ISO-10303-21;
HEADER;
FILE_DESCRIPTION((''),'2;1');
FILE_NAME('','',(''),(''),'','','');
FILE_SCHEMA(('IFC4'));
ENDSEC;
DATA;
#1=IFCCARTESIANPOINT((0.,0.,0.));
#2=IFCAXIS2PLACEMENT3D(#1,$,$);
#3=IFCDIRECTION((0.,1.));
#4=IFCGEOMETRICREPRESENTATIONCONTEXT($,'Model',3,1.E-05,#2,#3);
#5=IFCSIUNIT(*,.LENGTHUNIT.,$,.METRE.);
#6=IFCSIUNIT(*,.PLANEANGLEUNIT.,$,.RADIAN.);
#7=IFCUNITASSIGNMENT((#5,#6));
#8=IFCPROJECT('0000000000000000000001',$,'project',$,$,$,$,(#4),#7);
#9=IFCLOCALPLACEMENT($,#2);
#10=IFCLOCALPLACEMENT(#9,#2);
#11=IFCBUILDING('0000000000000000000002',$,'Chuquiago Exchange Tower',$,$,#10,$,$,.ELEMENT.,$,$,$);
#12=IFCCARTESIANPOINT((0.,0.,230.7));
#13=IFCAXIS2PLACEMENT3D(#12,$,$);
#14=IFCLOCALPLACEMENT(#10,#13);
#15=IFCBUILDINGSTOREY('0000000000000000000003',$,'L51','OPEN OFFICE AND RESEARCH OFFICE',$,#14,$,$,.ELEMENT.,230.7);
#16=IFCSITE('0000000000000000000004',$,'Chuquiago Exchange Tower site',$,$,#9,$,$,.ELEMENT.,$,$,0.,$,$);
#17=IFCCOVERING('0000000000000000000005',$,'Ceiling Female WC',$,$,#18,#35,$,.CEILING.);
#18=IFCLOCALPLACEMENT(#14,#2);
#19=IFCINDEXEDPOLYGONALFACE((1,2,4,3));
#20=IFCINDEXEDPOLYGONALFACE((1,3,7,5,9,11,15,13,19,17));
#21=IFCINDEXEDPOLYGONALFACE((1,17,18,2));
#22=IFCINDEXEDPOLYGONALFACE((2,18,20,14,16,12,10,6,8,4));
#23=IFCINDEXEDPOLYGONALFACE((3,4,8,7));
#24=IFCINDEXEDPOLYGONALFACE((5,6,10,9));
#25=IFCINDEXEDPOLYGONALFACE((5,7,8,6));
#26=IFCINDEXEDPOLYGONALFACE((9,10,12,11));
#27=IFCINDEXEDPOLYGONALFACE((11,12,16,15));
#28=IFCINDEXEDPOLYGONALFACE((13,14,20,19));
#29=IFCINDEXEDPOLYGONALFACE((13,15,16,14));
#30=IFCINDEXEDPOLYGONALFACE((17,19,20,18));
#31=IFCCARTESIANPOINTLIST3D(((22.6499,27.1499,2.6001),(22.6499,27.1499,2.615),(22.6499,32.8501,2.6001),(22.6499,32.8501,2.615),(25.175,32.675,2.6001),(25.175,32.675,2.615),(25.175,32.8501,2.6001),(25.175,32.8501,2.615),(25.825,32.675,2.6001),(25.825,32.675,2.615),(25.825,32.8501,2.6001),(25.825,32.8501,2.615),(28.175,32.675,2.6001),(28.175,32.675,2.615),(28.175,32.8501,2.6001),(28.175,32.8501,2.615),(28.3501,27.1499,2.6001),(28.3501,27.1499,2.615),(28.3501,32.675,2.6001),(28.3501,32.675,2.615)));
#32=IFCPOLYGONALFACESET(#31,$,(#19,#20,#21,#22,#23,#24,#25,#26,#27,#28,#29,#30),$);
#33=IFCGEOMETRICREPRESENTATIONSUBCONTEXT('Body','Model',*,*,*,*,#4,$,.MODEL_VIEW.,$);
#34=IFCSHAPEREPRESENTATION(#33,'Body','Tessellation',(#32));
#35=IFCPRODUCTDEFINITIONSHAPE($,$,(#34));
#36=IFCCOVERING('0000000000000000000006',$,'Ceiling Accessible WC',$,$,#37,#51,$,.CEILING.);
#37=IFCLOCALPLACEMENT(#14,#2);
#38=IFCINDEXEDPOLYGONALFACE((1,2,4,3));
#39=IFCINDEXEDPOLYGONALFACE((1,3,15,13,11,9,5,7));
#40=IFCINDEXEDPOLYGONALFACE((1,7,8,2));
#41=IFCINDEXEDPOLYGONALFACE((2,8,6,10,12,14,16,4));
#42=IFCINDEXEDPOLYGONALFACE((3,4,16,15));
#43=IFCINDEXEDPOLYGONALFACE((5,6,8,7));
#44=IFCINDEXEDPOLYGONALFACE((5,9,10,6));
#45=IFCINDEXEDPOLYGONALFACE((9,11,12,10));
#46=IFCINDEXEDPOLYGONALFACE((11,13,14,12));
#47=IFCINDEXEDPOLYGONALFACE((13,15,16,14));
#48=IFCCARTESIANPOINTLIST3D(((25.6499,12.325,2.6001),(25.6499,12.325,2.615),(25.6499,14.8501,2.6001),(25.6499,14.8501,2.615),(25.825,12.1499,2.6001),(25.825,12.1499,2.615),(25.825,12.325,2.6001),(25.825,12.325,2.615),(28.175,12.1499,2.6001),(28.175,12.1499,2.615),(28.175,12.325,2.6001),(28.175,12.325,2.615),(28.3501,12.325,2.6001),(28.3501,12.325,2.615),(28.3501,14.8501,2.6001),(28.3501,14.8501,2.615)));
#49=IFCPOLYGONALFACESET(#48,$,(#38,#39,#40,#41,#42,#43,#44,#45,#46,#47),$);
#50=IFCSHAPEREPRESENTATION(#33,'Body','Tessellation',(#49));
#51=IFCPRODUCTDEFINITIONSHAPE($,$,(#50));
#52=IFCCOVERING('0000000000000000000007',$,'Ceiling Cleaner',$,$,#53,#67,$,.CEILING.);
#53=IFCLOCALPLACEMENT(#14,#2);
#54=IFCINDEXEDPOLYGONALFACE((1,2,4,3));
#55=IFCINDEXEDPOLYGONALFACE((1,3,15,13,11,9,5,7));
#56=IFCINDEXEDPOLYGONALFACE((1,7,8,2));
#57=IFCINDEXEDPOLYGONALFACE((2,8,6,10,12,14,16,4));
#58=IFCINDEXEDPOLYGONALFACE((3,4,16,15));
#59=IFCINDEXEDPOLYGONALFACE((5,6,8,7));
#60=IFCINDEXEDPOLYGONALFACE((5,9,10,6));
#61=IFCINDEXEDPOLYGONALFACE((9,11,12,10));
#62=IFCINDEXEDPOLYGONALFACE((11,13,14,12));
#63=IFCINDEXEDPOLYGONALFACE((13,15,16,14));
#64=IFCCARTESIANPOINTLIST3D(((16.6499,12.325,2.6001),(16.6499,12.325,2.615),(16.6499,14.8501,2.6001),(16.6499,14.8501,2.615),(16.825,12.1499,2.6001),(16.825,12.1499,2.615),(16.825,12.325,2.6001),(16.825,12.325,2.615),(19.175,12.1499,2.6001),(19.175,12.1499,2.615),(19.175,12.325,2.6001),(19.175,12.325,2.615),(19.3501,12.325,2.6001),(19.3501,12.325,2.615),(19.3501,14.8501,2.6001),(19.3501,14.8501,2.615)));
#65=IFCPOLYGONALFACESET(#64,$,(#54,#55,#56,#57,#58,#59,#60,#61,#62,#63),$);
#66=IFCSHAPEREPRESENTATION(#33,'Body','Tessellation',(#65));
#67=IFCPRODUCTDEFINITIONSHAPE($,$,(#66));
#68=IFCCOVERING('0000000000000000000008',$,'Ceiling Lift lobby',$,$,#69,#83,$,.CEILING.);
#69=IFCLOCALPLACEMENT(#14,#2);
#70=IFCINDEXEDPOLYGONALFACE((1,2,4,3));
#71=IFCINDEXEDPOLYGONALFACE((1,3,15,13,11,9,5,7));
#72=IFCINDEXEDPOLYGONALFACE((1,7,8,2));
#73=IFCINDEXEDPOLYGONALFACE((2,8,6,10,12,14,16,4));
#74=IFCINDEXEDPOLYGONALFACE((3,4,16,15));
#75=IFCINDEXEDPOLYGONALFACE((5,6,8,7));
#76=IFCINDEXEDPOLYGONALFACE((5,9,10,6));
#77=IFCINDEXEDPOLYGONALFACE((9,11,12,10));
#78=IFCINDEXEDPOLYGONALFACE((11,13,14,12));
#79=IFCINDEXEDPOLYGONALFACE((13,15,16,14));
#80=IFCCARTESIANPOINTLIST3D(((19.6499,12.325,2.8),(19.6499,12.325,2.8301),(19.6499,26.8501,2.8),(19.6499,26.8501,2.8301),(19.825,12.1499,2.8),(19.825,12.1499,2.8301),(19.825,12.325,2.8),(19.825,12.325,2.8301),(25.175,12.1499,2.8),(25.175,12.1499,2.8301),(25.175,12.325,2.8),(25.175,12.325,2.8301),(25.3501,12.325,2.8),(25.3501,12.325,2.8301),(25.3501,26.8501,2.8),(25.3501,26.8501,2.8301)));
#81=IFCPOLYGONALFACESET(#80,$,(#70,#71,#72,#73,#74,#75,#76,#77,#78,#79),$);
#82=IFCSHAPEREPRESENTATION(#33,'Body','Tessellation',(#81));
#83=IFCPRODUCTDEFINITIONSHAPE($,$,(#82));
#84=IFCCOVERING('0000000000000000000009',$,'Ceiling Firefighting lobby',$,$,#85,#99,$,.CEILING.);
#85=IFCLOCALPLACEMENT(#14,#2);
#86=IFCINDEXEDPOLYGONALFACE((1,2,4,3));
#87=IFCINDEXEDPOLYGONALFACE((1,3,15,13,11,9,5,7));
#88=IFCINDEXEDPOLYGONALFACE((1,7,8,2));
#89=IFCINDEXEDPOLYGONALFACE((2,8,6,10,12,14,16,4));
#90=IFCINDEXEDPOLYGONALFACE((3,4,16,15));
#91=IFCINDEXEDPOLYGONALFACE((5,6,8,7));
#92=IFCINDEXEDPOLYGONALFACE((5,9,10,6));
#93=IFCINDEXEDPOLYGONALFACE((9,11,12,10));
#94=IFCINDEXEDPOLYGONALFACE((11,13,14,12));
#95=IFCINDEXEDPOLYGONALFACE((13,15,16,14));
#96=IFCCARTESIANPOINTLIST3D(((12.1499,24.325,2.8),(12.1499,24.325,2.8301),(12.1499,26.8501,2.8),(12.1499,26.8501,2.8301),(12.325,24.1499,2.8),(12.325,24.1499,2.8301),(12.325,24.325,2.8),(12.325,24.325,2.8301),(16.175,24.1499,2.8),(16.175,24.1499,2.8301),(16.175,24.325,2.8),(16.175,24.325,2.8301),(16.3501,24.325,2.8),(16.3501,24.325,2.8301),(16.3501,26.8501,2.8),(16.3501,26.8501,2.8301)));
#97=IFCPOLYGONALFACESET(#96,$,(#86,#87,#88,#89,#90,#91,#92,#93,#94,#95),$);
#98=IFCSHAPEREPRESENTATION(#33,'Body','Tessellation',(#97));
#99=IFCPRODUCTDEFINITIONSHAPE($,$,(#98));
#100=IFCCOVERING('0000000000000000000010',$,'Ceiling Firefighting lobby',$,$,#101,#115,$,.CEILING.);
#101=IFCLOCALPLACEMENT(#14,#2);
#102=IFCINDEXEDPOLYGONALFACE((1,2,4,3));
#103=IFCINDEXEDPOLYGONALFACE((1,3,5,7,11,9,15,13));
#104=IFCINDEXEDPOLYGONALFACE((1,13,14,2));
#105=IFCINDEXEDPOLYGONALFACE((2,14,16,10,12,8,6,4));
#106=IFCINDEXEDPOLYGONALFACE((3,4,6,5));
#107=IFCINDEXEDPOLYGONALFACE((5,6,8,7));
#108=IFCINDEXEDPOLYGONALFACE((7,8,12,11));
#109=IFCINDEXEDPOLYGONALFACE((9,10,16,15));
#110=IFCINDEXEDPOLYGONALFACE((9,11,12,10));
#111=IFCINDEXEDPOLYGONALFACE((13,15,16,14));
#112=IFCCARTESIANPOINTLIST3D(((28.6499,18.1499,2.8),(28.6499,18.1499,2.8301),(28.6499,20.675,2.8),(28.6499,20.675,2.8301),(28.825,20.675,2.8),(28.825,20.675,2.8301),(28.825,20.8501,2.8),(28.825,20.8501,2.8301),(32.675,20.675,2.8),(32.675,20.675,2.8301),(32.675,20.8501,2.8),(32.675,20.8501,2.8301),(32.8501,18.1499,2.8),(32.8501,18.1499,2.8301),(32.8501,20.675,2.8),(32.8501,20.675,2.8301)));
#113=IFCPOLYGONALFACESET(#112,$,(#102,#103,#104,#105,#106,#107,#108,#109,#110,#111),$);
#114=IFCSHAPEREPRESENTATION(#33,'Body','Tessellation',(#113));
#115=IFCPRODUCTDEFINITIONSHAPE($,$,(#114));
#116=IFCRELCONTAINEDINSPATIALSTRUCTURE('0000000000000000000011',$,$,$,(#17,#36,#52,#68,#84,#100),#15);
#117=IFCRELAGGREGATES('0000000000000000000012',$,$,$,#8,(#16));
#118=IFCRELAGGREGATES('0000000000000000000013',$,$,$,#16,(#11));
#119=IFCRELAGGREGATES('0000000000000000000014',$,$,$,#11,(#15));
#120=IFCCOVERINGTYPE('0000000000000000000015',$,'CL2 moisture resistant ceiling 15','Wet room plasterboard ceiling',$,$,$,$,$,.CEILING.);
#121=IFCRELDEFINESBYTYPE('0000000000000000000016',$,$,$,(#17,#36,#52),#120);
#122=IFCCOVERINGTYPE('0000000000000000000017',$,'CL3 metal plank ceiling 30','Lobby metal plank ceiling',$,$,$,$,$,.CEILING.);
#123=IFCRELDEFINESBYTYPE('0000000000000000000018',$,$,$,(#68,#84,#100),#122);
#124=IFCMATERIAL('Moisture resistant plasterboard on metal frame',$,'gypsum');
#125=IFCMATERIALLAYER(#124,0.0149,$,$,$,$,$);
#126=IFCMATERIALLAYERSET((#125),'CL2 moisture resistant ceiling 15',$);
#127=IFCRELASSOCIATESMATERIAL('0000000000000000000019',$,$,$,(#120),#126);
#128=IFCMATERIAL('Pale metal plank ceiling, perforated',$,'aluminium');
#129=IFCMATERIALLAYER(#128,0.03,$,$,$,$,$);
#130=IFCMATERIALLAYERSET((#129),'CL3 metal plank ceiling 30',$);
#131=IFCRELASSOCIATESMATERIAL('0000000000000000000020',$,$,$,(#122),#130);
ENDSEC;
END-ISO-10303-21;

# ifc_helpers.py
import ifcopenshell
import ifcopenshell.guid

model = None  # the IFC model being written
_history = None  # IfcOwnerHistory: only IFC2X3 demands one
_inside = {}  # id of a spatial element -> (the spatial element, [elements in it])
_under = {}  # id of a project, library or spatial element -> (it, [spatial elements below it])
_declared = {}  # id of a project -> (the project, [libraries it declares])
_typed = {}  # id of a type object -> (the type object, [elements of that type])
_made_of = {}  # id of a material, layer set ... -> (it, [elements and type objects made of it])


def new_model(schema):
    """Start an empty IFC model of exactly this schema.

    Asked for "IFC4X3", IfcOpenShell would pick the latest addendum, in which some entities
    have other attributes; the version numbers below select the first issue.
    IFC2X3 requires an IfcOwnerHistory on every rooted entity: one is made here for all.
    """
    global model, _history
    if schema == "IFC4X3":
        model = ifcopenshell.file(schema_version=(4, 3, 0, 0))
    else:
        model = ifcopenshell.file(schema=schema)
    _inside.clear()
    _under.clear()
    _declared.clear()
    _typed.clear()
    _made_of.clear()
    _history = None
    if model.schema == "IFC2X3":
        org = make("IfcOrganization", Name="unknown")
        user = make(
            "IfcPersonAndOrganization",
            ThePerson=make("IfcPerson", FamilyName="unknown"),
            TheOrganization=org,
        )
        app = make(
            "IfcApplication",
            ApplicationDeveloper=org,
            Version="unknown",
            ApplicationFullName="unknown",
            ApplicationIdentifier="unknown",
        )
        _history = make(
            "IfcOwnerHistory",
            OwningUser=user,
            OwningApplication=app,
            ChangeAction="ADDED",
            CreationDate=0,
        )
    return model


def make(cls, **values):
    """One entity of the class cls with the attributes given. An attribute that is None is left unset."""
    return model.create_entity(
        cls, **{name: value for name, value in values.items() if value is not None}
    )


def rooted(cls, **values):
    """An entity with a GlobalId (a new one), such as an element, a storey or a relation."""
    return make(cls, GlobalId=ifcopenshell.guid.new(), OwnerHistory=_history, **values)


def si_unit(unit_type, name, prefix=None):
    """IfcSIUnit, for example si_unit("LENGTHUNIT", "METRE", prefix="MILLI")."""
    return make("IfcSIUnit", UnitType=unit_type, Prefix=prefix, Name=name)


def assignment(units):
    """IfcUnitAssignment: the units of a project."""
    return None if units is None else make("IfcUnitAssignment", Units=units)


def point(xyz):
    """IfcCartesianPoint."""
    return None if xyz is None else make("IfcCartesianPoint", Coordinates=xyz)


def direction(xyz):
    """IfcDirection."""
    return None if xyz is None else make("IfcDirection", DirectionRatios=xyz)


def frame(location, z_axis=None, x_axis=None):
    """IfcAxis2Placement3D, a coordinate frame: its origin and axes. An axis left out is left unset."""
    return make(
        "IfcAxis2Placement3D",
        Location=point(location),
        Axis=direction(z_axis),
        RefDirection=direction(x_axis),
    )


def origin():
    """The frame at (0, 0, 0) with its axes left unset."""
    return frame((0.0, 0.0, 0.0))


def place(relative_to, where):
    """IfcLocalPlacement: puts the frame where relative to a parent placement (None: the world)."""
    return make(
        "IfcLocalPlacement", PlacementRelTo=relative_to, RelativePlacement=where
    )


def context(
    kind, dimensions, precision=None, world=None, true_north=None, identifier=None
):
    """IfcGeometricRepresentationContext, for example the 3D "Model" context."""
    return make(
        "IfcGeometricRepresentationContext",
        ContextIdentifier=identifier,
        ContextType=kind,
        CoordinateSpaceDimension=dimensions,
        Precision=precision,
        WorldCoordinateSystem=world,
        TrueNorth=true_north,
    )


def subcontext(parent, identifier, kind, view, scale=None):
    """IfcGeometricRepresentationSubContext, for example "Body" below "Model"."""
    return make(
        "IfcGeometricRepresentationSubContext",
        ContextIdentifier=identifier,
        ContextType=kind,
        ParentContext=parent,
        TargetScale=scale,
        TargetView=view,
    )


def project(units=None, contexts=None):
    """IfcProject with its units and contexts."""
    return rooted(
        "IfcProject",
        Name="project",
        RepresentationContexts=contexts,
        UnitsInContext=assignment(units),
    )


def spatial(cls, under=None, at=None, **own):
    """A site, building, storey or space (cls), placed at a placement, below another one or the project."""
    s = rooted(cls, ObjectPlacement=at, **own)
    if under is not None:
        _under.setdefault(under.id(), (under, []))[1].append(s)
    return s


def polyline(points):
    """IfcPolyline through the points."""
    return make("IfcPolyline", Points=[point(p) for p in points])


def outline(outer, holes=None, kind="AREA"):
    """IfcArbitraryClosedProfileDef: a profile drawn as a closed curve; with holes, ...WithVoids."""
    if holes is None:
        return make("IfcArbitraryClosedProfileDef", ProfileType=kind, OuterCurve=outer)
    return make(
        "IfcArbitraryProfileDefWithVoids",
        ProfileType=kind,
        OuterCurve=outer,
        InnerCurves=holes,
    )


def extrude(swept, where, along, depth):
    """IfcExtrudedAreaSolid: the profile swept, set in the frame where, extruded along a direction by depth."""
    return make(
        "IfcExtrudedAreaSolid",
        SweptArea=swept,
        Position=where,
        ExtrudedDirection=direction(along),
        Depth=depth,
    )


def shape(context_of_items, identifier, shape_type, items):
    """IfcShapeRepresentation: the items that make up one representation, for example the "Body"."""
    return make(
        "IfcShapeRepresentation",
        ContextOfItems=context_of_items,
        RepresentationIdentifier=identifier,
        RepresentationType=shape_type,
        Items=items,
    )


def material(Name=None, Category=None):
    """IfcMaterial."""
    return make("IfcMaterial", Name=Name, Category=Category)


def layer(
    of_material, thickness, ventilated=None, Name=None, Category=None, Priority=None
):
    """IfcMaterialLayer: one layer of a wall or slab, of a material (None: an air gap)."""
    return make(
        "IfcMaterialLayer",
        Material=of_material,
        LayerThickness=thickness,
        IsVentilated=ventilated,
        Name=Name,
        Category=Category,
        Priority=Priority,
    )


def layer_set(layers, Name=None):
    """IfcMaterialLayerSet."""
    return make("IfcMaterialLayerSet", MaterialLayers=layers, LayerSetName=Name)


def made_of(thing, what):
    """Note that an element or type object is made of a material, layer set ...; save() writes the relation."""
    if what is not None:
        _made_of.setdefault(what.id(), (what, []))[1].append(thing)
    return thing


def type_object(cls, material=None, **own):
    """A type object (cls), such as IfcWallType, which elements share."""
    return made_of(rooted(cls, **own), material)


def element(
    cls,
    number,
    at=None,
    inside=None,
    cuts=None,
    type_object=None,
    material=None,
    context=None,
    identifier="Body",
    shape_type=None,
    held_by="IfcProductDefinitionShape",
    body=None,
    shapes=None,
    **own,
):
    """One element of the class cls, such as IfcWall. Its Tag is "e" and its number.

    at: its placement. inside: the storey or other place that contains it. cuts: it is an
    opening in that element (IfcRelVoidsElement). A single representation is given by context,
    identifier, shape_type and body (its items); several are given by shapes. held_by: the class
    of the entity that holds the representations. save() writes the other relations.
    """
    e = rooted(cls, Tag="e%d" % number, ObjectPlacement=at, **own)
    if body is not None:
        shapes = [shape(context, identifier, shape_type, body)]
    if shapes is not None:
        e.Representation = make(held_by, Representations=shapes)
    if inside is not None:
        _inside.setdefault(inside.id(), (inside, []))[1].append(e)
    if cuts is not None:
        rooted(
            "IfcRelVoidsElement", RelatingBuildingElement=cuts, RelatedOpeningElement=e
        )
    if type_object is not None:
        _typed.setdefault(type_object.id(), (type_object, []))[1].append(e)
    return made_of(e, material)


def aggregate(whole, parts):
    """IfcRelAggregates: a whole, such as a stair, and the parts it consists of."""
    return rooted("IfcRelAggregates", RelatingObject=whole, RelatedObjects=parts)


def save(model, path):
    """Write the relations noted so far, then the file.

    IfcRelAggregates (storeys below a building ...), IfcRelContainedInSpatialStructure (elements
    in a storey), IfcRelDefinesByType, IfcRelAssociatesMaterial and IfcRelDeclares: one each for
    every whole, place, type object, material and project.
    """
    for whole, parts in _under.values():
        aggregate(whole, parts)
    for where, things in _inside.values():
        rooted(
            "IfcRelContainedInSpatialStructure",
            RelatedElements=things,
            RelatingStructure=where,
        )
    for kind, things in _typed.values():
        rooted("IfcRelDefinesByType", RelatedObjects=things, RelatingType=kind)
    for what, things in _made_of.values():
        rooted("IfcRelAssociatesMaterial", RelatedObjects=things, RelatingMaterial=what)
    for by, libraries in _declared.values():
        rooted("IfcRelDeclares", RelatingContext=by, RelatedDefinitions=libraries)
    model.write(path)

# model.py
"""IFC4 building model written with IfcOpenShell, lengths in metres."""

from ifc_helpers import new_model, si_unit, direction, frame, origin, place, context, subcontext, project, spatial, polyline, outline, extrude, material, layer, layer_set, type_object, element, save


model = new_model("IFC4")

# Units and contexts
model_context = context("Model", 3, precision=1e-05, world=origin(), true_north=direction((0.0, 1.0)))
body_context = subcontext(model_context, "Body", "Model", "MODEL_VIEW")
ifc_project = project(units=[si_unit("LENGTHUNIT", "METRE"), si_unit("PLANEANGLEUNIT", "RADIAN")], contexts=[model_context])

# Site, building, storey
site_placement = place(None, origin())
site = spatial("IfcSite", under=ifc_project, at=site_placement, Name="Chuquiago Exchange Tower site", CompositionType="ELEMENT", RefElevation=0.0)
building_placement = place(site_placement, origin())
building = spatial("IfcBuilding", under=site, at=building_placement, Name="Chuquiago Exchange Tower", CompositionType="ELEMENT")
storey_placement = place(building_placement, frame((0.0, 0.0, 230.7)))
storey = spatial("IfcBuildingStorey", under=building, at=storey_placement, Name="L51", Description="OPEN OFFICE AND RESEARCH OFFICE", CompositionType="ELEMENT", Elevation=230.7)

# Coverings
ifc_material_1 = material(Name="Moisture resistant plasterboard on metal frame", Category="gypsum")
ifc_layer_1 = layer(ifc_material_1, 0.0149)
ifc_layer_set_1 = layer_set([ifc_layer_1], Name="CL2 moisture resistant ceiling 15")
covering_type_1 = type_object("IfcCoveringType", Name="CL2 moisture resistant ceiling 15", Description="Wet room plasterboard ceiling", PredefinedType="CEILING", material=ifc_layer_set_1)
covering_1_placement = place(storey_placement, frame((0.0, 0.0, 2.6001)))
element("IfcCovering", 1, at=covering_1_placement, inside=storey, type_object=covering_type_1, Name="Ceiling Female WC", PredefinedType="CEILING", context=body_context, shape_type="SweptSolid", body=[
    extrude(outline(polyline([(22.6499, 27.1499), (22.6499, 32.8501), (25.175, 32.8501), (25.175, 32.675), (25.825, 32.675), (25.825, 32.8501), (28.175, 32.8501), (28.175, 32.675), (28.3501, 32.675), (28.3501, 27.1499), (22.6499, 27.1499)])), origin(), (0.0, 0.0, 1.0), 0.0149),
])
covering_2_placement = place(storey_placement, frame((0.0, 0.0, 2.6001)))
element("IfcCovering", 2, at=covering_2_placement, inside=storey, type_object=covering_type_1, Name="Ceiling Accessible WC", PredefinedType="CEILING", context=body_context, shape_type="SweptSolid", body=[
    extrude(outline(polyline([(25.825, 12.1499), (25.825, 12.325), (25.6499, 12.325), (25.6499, 14.8501), (28.3501, 14.8501), (28.3501, 12.325), (28.175, 12.325), (28.175, 12.1499), (25.825, 12.1499)])), origin(), (0.0, 0.0, 1.0), 0.0149),
])
covering_3_placement = place(storey_placement, frame((0.0, 0.0, 2.6001)))
element("IfcCovering", 3, at=covering_3_placement, inside=storey, type_object=covering_type_1, Name="Ceiling Cleaner", PredefinedType="CEILING", context=body_context, shape_type="SweptSolid", body=[
    extrude(outline(polyline([(16.825, 12.1499), (16.825, 12.325), (16.6499, 12.325), (16.6499, 14.8501), (19.3501, 14.8501), (19.3501, 12.325), (19.175, 12.325), (19.175, 12.1499), (16.825, 12.1499)])), origin(), (0.0, 0.0, 1.0), 0.0149),
])
ifc_material_2 = material(Name="Pale metal plank ceiling, perforated", Category="aluminium")
ifc_layer_2 = layer(ifc_material_2, 0.03)
ifc_layer_set_2 = layer_set([ifc_layer_2], Name="CL3 metal plank ceiling 30")
covering_type_2 = type_object("IfcCoveringType", Name="CL3 metal plank ceiling 30", Description="Lobby metal plank ceiling", PredefinedType="CEILING", material=ifc_layer_set_2)
covering_4_placement = place(storey_placement, frame((0.0, 0.0, 2.8)))
element("IfcCovering", 4, at=covering_4_placement, inside=storey, type_object=covering_type_2, Name="Ceiling Lift lobby", PredefinedType="CEILING", context=body_context, shape_type="SweptSolid", body=[
    extrude(outline(polyline([(19.825, 12.1499), (19.825, 12.325), (19.6499, 12.325), (19.6499, 26.8501), (25.3501, 26.8501), (25.3501, 12.325), (25.175, 12.325), (25.175, 12.1499), (19.825, 12.1499)])), origin(), (0.0, 0.0, 1.0), 0.03),
])
covering_5_placement = place(storey_placement, frame((0.0, 0.0, 2.8)))
element("IfcCovering", 5, at=covering_5_placement, inside=storey, type_object=covering_type_2, Name="Ceiling Firefighting lobby", PredefinedType="CEILING", context=body_context, shape_type="SweptSolid", body=[
    extrude(outline(polyline([(12.325, 24.1499), (12.325, 24.325), (12.1499, 24.325), (12.1499, 26.8501), (16.3501, 26.8501), (16.3501, 24.325), (16.175, 24.325), (16.175, 24.1499), (12.325, 24.1499)])), origin(), (0.0, 0.0, 1.0), 0.03),
])
covering_6_placement = place(storey_placement, frame((0.0, 0.0, 2.8)))
element("IfcCovering", 6, at=covering_6_placement, inside=storey, type_object=covering_type_2, Name="Ceiling Firefighting lobby", PredefinedType="CEILING", context=body_context, shape_type="SweptSolid", body=[
    extrude(outline(polyline([(28.6499, 18.1499), (28.6499, 20.675), (28.825, 20.675), (28.825, 20.8501), (32.675, 20.8501), (32.675, 20.675), (32.8501, 20.675), (32.8501, 18.1499), (28.6499, 18.1499)])), origin(), (0.0, 0.0, 1.0), 0.03),
])

save(model, "model.ifc")
